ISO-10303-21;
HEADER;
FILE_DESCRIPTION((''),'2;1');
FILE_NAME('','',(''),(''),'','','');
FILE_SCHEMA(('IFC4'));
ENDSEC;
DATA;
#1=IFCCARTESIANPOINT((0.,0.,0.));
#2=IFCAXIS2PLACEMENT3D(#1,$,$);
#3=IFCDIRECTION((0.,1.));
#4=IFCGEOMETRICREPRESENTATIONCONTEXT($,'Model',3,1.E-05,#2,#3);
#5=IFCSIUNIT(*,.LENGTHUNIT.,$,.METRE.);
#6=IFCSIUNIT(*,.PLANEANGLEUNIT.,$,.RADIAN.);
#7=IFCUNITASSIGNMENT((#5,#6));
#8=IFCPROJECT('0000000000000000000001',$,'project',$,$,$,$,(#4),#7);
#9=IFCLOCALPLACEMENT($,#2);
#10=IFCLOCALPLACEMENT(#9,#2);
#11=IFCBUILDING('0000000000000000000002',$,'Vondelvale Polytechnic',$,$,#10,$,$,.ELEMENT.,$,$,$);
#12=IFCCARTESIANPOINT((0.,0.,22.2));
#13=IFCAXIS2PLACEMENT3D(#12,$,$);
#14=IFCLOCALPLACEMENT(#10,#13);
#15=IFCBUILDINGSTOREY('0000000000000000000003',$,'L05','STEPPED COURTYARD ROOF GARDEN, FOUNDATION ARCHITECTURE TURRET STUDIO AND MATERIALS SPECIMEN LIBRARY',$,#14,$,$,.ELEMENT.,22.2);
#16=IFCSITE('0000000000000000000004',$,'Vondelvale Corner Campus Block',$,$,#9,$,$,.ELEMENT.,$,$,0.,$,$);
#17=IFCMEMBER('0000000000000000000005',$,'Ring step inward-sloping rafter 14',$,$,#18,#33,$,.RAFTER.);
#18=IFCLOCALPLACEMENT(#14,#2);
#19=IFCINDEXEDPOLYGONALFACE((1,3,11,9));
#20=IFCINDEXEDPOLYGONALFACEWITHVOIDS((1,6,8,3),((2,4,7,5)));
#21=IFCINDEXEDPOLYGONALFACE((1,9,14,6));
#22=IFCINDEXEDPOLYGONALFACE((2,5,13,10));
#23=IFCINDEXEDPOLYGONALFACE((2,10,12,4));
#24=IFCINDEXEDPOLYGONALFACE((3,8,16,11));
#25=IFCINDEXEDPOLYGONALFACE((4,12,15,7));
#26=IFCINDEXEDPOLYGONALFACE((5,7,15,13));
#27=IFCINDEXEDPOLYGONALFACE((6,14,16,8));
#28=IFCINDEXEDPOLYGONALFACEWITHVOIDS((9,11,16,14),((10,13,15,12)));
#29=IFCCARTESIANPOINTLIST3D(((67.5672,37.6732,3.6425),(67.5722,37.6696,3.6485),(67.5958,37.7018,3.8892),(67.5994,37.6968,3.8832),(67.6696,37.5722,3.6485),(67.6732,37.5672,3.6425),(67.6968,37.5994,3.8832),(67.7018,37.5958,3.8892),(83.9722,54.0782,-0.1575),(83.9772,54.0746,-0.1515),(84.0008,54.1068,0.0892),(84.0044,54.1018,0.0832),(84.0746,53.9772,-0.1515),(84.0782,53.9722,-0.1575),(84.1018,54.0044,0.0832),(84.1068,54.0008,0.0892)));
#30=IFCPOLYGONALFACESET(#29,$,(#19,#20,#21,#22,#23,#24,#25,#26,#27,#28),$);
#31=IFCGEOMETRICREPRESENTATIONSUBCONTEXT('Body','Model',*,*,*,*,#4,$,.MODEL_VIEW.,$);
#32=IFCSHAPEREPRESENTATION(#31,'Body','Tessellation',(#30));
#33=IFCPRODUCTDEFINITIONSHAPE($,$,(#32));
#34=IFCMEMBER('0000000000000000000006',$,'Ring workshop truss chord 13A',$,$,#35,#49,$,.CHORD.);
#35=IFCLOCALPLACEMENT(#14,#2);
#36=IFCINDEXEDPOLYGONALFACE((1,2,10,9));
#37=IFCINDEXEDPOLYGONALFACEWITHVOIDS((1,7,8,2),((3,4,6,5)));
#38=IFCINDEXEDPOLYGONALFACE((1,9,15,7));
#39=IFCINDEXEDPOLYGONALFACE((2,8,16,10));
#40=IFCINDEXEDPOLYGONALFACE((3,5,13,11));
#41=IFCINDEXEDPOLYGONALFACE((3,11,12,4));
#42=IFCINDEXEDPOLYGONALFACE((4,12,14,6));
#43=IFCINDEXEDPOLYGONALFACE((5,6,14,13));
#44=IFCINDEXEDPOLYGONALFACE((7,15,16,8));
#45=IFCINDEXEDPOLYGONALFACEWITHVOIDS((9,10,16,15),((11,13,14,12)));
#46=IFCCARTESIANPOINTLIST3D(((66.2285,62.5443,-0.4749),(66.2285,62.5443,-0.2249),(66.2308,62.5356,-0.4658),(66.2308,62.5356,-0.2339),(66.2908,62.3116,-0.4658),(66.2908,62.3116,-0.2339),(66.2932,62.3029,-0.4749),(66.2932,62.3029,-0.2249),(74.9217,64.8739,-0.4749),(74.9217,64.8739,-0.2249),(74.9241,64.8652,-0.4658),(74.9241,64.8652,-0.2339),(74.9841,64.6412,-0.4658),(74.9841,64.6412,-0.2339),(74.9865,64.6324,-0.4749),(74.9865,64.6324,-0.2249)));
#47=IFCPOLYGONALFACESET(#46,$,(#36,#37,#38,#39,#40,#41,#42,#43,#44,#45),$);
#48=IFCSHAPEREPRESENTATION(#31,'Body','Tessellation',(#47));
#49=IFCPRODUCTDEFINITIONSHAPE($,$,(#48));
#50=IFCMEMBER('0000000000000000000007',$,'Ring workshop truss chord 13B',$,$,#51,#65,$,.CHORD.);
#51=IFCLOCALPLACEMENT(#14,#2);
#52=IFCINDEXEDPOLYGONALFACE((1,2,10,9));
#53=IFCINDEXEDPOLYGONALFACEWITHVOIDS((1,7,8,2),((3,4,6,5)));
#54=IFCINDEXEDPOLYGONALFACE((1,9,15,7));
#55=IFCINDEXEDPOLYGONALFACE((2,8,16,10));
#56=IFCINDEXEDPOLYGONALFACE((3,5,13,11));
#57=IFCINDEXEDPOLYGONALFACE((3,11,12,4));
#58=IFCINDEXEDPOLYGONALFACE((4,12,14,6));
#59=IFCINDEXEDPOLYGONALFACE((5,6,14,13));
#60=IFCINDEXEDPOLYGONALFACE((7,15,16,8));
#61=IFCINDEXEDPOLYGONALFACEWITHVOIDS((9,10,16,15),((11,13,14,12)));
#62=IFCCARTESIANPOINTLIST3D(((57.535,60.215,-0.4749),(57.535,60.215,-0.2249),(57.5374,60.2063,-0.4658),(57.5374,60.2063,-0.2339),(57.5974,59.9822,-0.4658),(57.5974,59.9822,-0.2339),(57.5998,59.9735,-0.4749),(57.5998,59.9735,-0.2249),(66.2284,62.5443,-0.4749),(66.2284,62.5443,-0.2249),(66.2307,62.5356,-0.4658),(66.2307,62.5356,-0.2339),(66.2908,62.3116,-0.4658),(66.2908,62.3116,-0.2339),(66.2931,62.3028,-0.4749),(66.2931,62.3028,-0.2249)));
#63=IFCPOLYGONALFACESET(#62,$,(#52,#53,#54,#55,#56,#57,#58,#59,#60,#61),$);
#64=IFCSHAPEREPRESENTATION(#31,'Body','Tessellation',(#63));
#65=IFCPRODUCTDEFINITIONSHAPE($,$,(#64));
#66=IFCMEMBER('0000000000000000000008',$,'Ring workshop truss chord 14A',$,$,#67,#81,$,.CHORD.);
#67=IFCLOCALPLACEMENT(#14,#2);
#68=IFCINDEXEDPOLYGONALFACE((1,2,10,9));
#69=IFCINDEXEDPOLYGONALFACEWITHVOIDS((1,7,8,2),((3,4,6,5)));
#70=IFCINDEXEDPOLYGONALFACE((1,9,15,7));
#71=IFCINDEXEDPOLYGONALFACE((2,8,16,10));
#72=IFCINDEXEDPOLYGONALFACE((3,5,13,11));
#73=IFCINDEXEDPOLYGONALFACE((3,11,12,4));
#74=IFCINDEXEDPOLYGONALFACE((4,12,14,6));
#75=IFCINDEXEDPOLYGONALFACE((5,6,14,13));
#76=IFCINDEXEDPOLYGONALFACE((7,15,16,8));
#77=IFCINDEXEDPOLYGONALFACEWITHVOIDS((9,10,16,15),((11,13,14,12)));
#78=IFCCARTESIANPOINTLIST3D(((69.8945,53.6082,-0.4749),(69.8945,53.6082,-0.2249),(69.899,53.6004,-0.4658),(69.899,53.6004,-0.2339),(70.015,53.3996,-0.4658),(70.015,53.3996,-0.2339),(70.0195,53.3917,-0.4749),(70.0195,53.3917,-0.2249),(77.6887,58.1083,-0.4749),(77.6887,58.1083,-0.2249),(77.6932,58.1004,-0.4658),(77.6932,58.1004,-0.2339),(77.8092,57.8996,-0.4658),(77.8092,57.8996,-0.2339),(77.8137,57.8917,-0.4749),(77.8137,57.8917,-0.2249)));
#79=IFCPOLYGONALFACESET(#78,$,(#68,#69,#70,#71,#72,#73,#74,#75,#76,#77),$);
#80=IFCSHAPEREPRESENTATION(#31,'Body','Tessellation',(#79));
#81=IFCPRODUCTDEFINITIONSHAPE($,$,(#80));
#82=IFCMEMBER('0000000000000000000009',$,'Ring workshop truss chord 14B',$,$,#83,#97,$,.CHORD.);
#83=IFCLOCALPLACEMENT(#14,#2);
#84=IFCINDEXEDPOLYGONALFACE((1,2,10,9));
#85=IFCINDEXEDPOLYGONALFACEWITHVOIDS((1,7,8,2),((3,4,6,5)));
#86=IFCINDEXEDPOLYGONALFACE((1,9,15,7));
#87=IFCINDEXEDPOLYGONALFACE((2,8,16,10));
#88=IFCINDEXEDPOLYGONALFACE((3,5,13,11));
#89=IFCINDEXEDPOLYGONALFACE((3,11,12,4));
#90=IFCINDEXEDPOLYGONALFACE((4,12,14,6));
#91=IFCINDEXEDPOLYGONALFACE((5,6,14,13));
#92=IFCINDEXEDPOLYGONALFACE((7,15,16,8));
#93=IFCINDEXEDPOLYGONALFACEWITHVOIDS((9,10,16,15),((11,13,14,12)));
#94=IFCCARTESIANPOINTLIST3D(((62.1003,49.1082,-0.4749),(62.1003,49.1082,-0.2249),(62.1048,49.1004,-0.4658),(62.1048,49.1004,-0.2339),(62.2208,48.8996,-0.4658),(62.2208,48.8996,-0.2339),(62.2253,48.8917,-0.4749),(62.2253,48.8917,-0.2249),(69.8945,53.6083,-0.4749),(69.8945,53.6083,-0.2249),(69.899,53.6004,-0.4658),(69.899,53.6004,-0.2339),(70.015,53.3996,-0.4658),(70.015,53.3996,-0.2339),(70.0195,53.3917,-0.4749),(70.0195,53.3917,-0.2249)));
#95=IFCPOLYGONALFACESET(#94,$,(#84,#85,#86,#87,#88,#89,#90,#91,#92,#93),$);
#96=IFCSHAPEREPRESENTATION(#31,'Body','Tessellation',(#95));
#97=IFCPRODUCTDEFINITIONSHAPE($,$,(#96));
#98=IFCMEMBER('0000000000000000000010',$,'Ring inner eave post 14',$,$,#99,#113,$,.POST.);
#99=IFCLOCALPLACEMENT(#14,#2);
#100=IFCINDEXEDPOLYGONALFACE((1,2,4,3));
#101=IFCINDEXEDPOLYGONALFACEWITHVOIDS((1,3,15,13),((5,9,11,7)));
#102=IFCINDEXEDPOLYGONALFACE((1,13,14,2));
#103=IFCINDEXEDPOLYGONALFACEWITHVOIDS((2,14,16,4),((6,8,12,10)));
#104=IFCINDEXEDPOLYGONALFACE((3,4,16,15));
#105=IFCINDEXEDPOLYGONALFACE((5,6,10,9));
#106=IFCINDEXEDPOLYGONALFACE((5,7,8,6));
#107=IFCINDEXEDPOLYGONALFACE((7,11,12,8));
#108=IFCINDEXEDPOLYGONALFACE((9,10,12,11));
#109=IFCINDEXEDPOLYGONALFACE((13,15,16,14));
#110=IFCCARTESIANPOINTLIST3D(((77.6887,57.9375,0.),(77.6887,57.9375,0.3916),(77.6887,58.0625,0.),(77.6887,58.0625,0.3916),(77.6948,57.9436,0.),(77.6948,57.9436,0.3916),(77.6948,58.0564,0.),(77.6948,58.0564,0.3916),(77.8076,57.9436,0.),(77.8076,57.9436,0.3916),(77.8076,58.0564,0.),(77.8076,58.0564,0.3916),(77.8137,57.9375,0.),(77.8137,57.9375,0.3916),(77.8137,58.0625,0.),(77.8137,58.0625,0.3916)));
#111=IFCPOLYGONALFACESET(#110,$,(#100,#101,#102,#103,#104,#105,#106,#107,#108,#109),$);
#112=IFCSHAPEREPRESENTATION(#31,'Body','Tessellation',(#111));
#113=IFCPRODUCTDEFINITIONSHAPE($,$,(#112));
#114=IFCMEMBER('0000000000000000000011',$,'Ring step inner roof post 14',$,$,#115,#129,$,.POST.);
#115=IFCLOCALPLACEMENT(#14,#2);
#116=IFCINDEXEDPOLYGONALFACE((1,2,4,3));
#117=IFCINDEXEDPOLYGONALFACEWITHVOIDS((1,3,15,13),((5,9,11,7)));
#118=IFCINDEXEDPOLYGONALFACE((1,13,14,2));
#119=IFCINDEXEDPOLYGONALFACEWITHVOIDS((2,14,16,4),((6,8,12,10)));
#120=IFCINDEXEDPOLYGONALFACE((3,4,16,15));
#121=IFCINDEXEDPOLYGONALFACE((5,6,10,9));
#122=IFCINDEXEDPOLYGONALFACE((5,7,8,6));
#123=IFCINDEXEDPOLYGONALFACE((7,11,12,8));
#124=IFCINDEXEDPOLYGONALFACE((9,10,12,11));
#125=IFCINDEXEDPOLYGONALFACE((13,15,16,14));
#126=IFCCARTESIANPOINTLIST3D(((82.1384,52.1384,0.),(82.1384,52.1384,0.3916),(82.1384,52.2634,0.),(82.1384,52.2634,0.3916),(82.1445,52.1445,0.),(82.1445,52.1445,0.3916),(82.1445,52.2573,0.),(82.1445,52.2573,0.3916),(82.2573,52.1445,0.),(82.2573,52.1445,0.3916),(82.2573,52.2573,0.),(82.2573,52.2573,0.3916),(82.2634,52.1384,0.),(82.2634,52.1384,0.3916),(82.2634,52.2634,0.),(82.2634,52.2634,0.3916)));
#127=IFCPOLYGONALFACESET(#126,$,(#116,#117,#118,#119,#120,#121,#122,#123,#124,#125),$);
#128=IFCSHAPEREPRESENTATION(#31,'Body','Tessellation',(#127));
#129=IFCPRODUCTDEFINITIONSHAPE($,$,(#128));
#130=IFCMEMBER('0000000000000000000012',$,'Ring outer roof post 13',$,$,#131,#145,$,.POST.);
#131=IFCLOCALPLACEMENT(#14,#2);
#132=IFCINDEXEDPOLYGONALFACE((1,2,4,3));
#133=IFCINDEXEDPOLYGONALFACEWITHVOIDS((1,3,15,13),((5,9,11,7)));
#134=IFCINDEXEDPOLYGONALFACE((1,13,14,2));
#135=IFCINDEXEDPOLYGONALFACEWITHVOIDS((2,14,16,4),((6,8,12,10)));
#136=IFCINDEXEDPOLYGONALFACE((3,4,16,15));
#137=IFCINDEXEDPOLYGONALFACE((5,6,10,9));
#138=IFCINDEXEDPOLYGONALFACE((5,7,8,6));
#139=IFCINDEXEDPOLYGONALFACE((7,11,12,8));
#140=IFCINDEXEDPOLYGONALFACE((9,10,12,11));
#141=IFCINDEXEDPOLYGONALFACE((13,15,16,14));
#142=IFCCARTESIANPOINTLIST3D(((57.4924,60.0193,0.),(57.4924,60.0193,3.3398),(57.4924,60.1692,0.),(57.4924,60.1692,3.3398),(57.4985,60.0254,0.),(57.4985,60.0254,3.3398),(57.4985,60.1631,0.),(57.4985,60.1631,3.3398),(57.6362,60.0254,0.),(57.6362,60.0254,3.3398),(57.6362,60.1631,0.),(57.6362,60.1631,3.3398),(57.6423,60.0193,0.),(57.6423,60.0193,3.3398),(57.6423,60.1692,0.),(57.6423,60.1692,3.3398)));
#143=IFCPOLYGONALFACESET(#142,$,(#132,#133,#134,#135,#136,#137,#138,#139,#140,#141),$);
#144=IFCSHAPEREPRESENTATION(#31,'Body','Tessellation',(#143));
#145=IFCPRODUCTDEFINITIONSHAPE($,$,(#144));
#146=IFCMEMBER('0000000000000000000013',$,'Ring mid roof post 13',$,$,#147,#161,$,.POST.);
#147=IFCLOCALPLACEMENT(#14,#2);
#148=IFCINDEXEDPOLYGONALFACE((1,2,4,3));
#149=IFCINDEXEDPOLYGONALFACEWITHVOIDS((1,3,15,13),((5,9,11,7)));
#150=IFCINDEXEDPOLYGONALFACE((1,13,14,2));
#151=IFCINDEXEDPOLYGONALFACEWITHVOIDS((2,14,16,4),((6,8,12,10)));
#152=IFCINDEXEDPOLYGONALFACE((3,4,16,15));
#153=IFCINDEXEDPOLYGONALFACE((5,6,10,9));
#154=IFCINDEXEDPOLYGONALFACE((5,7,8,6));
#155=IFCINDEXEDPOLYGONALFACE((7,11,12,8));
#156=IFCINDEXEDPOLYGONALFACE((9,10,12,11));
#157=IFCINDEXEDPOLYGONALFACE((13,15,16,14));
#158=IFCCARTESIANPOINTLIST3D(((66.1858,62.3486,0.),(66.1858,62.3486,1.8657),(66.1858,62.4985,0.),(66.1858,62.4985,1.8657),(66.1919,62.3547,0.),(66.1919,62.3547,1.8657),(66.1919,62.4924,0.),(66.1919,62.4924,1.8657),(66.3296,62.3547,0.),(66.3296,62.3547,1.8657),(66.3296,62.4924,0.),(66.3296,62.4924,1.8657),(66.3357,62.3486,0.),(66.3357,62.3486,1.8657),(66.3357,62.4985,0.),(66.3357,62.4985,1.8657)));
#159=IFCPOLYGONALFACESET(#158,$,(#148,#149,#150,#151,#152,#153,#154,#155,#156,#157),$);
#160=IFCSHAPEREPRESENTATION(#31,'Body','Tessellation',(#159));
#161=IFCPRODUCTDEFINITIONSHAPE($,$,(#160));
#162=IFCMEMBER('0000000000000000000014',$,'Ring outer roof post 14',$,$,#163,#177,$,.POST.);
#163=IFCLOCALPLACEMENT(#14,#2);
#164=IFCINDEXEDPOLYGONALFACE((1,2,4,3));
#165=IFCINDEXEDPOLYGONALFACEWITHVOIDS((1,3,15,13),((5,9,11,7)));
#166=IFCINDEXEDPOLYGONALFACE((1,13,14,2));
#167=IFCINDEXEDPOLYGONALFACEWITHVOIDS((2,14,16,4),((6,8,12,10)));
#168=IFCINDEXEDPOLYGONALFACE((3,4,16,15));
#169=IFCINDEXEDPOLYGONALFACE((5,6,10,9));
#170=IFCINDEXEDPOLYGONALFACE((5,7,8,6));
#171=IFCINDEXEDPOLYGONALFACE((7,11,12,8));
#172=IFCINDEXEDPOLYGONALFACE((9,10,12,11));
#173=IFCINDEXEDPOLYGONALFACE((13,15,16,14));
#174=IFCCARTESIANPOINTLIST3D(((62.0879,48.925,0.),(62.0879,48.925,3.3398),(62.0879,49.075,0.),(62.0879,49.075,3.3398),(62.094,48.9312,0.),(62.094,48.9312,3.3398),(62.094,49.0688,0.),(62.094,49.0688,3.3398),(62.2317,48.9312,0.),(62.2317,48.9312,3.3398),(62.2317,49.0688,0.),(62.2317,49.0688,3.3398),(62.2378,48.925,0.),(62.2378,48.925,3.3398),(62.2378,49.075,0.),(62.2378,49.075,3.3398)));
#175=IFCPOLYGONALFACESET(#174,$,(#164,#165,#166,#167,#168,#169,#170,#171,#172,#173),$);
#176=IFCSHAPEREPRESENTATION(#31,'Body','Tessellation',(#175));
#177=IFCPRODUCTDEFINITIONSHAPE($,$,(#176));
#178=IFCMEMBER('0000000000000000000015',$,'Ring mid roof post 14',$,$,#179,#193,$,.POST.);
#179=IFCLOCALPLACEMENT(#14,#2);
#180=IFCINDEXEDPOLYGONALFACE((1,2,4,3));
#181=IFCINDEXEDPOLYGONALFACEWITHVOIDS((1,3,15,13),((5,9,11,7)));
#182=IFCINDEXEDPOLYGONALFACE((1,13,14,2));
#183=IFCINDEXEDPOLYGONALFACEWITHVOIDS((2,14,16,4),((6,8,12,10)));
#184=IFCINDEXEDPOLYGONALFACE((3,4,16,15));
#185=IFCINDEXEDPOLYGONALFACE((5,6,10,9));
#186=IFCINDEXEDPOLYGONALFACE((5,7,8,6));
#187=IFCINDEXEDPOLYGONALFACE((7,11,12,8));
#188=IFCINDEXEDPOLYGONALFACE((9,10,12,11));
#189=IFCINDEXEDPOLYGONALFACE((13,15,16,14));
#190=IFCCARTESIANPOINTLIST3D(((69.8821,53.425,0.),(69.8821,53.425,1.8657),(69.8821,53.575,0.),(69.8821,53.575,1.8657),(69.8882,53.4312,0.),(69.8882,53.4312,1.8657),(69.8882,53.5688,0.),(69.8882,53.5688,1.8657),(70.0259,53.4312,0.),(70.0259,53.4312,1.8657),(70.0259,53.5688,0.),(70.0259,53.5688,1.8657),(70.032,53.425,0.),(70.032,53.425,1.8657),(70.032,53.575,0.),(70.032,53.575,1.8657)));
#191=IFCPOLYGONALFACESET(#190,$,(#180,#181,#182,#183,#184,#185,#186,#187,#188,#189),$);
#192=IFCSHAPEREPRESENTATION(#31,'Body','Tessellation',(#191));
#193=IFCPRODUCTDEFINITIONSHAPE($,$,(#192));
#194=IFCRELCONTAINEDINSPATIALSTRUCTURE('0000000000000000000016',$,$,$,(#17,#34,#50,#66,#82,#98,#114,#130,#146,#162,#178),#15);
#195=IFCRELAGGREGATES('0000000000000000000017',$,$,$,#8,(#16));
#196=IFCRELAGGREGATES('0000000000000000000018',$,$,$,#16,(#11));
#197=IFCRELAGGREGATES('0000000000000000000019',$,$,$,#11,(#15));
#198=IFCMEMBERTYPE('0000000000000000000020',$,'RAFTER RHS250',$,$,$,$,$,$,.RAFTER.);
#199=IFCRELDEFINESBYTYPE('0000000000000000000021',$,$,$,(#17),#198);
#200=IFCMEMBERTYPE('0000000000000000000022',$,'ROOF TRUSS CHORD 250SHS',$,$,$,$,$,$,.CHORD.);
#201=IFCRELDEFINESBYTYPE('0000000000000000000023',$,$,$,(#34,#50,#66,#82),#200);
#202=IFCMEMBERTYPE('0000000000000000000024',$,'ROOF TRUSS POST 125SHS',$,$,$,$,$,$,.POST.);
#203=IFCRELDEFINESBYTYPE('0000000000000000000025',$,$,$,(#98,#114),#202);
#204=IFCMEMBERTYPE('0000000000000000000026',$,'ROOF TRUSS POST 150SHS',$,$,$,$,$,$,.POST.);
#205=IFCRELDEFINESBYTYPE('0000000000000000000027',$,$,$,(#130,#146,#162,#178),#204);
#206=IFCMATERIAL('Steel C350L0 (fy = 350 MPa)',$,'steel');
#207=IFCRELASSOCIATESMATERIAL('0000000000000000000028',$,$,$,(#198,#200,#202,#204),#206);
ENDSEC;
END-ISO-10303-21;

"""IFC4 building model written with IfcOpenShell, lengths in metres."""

from ifc_helpers import new_model, si_unit, direction, frame, origin, origin_2d, place, context, subcontext, project, spatial, hollow_rectangle, extrude, material, material_profile, profile_set, type_object, element, save


model = new_model("IFC4")

# Units and contexts
model_context = context("Model", 3, precision=1e-05, world=origin(), true_north=direction((0.0, 1.0)))
body_context = subcontext(model_context, "Body", "Model", "MODEL_VIEW")
ifc_project = project(units=[si_unit("LENGTHUNIT", "METRE"), si_unit("PLANEANGLEUNIT", "RADIAN")], contexts=[model_context])

# Site, building, storey
site_placement = place(None, origin())
site = spatial("IfcSite", under=ifc_project, at=site_placement, Name="Vondelvale Corner Campus Block", CompositionType="ELEMENT", RefElevation=0.0)
building_placement = place(site_placement, origin())
building = spatial("IfcBuilding", under=site, at=building_placement, Name="Vondelvale Polytechnic", CompositionType="ELEMENT")
storey_placement = place(building_placement, frame((0.0, 0.0, 22.2)))
storey = spatial("IfcBuildingStorey", under=building, at=storey_placement, Name="L05", Description="STEPPED COURTYARD ROOF GARDEN, FOUNDATION ARCHITECTURE TURRET STUDIO AND MATERIALS SPECIMEN LIBRARY", CompositionType="ELEMENT", Elevation=22.2)

# Members
ifc_material_1 = material(Name="Steel C350L0 (fy = 350 MPa)", Category="steel")
ifc_material_profile_1 = material_profile(ifc_material_1, hollow_rectangle(XDim=0.1499, YDim=0.25, WallThickness=0.0061, at=origin_2d()), Name="250x150x6.0RHS")
ifc_profile_set_1 = profile_set([ifc_material_profile_1], Name="Steel C350L0 (fy = 350 MPa)")
member_type_1 = type_object("IfcMemberType", Name="RAFTER RHS250", PredefinedType="RAFTER", material=ifc_profile_set_1)
for number, where, z_axis, x_axis, name in (
    (1, (67.6345, 37.6345, 3.7659), (0.697808, 0.697808, -0.16164), (-0.707107, 0.707107, 0.0), "Ring step inward-sloping rafter 14"),
):
    element("IfcMember", number, at=place(storey_placement, frame(where, z_axis=z_axis, x_axis=x_axis)), inside=storey, type_object=member_type_1, Name=name, PredefinedType="RAFTER", context=body_context, shape_type="SweptSolid", body=[
        extrude(hollow_rectangle(XDim=0.1499, YDim=0.25, WallThickness=0.0061, at=origin_2d()), origin(), (0.0, 0.0, 1.0), 23.5093),
    ])
ifc_material_profile_2 = material_profile(ifc_material_1, hollow_rectangle(XDim=0.25, YDim=0.25, WallThickness=0.009, at=origin_2d()), Name="250x250x9.0SHS")
ifc_profile_set_2 = profile_set([ifc_material_profile_2], Name="Steel C350L0 (fy = 350 MPa)")
member_type_2 = type_object("IfcMemberType", Name="ROOF TRUSS CHORD 250SHS", PredefinedType="CHORD", material=ifc_profile_set_2)
for number, where, z_axis, x_axis, name in (
    (2, (74.9541, 64.7532, -0.3499), (-0.96592, -0.258841, 0.0), (0.258841, -0.96592, 0.0), "Ring workshop truss chord 13A"),
    (3, (66.2607, 62.4236, -0.3499), (-0.965927, -0.258816, 0.0), (0.258816, -0.965927, 0.0), "Ring workshop truss chord 13B"),
    (4, (77.7512, 58.0, -0.3499), (-0.866024, -0.500002, 0.0), (0.500002, -0.866024, 0.0), "Ring workshop truss chord 14A"),
    (5, (69.957, 53.5, -0.3499), (-0.866024, -0.500002, 0.0), (0.500002, -0.866024, 0.0), "Ring workshop truss chord 14B"),
):
    element("IfcMember", number, at=place(storey_placement, frame(where, z_axis=z_axis, x_axis=x_axis)), inside=storey, type_object=member_type_2, Name=name, PredefinedType="CHORD", context=body_context, shape_type="SweptSolid", body=[
        extrude(hollow_rectangle(XDim=0.25, YDim=0.25, WallThickness=0.009, at=origin_2d()), origin(), (0.0, 0.0, 1.0), 9.0),
    ])
ifc_material_profile_3 = material_profile(ifc_material_1, hollow_rectangle(XDim=0.125, YDim=0.125, WallThickness=0.0061, at=origin_2d()), Name="125x125x6.0SHS")
ifc_profile_set_3 = profile_set([ifc_material_profile_3], Name="Steel C350L0 (fy = 350 MPa)")
member_type_3 = type_object("IfcMemberType", Name="ROOF TRUSS POST 125SHS", PredefinedType="POST", material=ifc_profile_set_3)
for number, where, z_axis, x_axis, name in (
    (6, (77.7512, 58.0, 0.0), (0.0, 0.0, 1.0), (1.0, 0.0, 0.0), "Ring inner eave post 14"),
    (7, (82.2009, 52.2009, 0.0), (0.0, 0.0, 1.0), (1.0, 0.0, 0.0), "Ring step inner roof post 14"),
):
    element("IfcMember", number, at=place(storey_placement, frame(where, z_axis=z_axis, x_axis=x_axis)), inside=storey, type_object=member_type_3, Name=name, PredefinedType="POST", context=body_context, shape_type="SweptSolid", body=[
        extrude(hollow_rectangle(XDim=0.125, YDim=0.125, WallThickness=0.0061, at=origin_2d()), origin(), (0.0, 0.0, 1.0), 0.3916),
    ])
ifc_material_profile_4 = material_profile(ifc_material_1, hollow_rectangle(XDim=0.1499, YDim=0.1499, WallThickness=0.0061, at=origin_2d()), Name="150x150x6.0SHS")
ifc_profile_set_4 = profile_set([ifc_material_profile_4], Name="Steel C350L0 (fy = 350 MPa)")
member_type_4 = type_object("IfcMemberType", Name="ROOF TRUSS POST 150SHS", PredefinedType="POST", material=ifc_profile_set_4)
member_1_placement = place(storey_placement, frame((57.5674, 60.0942, 0.0), z_axis=(0.0, 0.0, 1.0), x_axis=(1.0, 0.0, 0.0)))
element("IfcMember", 8, at=member_1_placement, inside=storey, type_object=member_type_4, Name="Ring outer roof post 13", PredefinedType="POST", context=body_context, shape_type="SweptSolid", body=[
    extrude(hollow_rectangle(XDim=0.1499, YDim=0.1499, WallThickness=0.0061, at=origin_2d()), origin(), (0.0, 0.0, 1.0), 3.3398),
])
member_2_placement = place(storey_placement, frame((66.2607, 62.4236, 0.0), z_axis=(0.0, 0.0, 1.0), x_axis=(1.0, 0.0, 0.0)))
element("IfcMember", 9, at=member_2_placement, inside=storey, type_object=member_type_4, Name="Ring mid roof post 13", PredefinedType="POST", context=body_context, shape_type="SweptSolid", body=[
    extrude(hollow_rectangle(XDim=0.1499, YDim=0.1499, WallThickness=0.0061, at=origin_2d()), origin(), (0.0, 0.0, 1.0), 1.8657),
])
member_3_placement = place(storey_placement, frame((62.1628, 49.0, 0.0), z_axis=(0.0, 0.0, 1.0), x_axis=(1.0, 0.0, 0.0)))
element("IfcMember", 10, at=member_3_placement, inside=storey, type_object=member_type_4, Name="Ring outer roof post 14", PredefinedType="POST", context=body_context, shape_type="SweptSolid", body=[
    extrude(hollow_rectangle(XDim=0.1499, YDim=0.1499, WallThickness=0.0061, at=origin_2d()), origin(), (0.0, 0.0, 1.0), 3.3398),
])
member_4_placement = place(storey_placement, frame((69.957, 53.5, 0.0), z_axis=(0.0, 0.0, 1.0), x_axis=(1.0, 0.0, 0.0)))
element("IfcMember", 11, at=member_4_placement, inside=storey, type_object=member_type_4, Name="Ring mid roof post 14", PredefinedType="POST", context=body_context, shape_type="SweptSolid", body=[
    extrude(hollow_rectangle(XDim=0.1499, YDim=0.1499, WallThickness=0.0061, at=origin_2d()), origin(), (0.0, 0.0, 1.0), 1.8657),
])

save(model, "model.ifc")
